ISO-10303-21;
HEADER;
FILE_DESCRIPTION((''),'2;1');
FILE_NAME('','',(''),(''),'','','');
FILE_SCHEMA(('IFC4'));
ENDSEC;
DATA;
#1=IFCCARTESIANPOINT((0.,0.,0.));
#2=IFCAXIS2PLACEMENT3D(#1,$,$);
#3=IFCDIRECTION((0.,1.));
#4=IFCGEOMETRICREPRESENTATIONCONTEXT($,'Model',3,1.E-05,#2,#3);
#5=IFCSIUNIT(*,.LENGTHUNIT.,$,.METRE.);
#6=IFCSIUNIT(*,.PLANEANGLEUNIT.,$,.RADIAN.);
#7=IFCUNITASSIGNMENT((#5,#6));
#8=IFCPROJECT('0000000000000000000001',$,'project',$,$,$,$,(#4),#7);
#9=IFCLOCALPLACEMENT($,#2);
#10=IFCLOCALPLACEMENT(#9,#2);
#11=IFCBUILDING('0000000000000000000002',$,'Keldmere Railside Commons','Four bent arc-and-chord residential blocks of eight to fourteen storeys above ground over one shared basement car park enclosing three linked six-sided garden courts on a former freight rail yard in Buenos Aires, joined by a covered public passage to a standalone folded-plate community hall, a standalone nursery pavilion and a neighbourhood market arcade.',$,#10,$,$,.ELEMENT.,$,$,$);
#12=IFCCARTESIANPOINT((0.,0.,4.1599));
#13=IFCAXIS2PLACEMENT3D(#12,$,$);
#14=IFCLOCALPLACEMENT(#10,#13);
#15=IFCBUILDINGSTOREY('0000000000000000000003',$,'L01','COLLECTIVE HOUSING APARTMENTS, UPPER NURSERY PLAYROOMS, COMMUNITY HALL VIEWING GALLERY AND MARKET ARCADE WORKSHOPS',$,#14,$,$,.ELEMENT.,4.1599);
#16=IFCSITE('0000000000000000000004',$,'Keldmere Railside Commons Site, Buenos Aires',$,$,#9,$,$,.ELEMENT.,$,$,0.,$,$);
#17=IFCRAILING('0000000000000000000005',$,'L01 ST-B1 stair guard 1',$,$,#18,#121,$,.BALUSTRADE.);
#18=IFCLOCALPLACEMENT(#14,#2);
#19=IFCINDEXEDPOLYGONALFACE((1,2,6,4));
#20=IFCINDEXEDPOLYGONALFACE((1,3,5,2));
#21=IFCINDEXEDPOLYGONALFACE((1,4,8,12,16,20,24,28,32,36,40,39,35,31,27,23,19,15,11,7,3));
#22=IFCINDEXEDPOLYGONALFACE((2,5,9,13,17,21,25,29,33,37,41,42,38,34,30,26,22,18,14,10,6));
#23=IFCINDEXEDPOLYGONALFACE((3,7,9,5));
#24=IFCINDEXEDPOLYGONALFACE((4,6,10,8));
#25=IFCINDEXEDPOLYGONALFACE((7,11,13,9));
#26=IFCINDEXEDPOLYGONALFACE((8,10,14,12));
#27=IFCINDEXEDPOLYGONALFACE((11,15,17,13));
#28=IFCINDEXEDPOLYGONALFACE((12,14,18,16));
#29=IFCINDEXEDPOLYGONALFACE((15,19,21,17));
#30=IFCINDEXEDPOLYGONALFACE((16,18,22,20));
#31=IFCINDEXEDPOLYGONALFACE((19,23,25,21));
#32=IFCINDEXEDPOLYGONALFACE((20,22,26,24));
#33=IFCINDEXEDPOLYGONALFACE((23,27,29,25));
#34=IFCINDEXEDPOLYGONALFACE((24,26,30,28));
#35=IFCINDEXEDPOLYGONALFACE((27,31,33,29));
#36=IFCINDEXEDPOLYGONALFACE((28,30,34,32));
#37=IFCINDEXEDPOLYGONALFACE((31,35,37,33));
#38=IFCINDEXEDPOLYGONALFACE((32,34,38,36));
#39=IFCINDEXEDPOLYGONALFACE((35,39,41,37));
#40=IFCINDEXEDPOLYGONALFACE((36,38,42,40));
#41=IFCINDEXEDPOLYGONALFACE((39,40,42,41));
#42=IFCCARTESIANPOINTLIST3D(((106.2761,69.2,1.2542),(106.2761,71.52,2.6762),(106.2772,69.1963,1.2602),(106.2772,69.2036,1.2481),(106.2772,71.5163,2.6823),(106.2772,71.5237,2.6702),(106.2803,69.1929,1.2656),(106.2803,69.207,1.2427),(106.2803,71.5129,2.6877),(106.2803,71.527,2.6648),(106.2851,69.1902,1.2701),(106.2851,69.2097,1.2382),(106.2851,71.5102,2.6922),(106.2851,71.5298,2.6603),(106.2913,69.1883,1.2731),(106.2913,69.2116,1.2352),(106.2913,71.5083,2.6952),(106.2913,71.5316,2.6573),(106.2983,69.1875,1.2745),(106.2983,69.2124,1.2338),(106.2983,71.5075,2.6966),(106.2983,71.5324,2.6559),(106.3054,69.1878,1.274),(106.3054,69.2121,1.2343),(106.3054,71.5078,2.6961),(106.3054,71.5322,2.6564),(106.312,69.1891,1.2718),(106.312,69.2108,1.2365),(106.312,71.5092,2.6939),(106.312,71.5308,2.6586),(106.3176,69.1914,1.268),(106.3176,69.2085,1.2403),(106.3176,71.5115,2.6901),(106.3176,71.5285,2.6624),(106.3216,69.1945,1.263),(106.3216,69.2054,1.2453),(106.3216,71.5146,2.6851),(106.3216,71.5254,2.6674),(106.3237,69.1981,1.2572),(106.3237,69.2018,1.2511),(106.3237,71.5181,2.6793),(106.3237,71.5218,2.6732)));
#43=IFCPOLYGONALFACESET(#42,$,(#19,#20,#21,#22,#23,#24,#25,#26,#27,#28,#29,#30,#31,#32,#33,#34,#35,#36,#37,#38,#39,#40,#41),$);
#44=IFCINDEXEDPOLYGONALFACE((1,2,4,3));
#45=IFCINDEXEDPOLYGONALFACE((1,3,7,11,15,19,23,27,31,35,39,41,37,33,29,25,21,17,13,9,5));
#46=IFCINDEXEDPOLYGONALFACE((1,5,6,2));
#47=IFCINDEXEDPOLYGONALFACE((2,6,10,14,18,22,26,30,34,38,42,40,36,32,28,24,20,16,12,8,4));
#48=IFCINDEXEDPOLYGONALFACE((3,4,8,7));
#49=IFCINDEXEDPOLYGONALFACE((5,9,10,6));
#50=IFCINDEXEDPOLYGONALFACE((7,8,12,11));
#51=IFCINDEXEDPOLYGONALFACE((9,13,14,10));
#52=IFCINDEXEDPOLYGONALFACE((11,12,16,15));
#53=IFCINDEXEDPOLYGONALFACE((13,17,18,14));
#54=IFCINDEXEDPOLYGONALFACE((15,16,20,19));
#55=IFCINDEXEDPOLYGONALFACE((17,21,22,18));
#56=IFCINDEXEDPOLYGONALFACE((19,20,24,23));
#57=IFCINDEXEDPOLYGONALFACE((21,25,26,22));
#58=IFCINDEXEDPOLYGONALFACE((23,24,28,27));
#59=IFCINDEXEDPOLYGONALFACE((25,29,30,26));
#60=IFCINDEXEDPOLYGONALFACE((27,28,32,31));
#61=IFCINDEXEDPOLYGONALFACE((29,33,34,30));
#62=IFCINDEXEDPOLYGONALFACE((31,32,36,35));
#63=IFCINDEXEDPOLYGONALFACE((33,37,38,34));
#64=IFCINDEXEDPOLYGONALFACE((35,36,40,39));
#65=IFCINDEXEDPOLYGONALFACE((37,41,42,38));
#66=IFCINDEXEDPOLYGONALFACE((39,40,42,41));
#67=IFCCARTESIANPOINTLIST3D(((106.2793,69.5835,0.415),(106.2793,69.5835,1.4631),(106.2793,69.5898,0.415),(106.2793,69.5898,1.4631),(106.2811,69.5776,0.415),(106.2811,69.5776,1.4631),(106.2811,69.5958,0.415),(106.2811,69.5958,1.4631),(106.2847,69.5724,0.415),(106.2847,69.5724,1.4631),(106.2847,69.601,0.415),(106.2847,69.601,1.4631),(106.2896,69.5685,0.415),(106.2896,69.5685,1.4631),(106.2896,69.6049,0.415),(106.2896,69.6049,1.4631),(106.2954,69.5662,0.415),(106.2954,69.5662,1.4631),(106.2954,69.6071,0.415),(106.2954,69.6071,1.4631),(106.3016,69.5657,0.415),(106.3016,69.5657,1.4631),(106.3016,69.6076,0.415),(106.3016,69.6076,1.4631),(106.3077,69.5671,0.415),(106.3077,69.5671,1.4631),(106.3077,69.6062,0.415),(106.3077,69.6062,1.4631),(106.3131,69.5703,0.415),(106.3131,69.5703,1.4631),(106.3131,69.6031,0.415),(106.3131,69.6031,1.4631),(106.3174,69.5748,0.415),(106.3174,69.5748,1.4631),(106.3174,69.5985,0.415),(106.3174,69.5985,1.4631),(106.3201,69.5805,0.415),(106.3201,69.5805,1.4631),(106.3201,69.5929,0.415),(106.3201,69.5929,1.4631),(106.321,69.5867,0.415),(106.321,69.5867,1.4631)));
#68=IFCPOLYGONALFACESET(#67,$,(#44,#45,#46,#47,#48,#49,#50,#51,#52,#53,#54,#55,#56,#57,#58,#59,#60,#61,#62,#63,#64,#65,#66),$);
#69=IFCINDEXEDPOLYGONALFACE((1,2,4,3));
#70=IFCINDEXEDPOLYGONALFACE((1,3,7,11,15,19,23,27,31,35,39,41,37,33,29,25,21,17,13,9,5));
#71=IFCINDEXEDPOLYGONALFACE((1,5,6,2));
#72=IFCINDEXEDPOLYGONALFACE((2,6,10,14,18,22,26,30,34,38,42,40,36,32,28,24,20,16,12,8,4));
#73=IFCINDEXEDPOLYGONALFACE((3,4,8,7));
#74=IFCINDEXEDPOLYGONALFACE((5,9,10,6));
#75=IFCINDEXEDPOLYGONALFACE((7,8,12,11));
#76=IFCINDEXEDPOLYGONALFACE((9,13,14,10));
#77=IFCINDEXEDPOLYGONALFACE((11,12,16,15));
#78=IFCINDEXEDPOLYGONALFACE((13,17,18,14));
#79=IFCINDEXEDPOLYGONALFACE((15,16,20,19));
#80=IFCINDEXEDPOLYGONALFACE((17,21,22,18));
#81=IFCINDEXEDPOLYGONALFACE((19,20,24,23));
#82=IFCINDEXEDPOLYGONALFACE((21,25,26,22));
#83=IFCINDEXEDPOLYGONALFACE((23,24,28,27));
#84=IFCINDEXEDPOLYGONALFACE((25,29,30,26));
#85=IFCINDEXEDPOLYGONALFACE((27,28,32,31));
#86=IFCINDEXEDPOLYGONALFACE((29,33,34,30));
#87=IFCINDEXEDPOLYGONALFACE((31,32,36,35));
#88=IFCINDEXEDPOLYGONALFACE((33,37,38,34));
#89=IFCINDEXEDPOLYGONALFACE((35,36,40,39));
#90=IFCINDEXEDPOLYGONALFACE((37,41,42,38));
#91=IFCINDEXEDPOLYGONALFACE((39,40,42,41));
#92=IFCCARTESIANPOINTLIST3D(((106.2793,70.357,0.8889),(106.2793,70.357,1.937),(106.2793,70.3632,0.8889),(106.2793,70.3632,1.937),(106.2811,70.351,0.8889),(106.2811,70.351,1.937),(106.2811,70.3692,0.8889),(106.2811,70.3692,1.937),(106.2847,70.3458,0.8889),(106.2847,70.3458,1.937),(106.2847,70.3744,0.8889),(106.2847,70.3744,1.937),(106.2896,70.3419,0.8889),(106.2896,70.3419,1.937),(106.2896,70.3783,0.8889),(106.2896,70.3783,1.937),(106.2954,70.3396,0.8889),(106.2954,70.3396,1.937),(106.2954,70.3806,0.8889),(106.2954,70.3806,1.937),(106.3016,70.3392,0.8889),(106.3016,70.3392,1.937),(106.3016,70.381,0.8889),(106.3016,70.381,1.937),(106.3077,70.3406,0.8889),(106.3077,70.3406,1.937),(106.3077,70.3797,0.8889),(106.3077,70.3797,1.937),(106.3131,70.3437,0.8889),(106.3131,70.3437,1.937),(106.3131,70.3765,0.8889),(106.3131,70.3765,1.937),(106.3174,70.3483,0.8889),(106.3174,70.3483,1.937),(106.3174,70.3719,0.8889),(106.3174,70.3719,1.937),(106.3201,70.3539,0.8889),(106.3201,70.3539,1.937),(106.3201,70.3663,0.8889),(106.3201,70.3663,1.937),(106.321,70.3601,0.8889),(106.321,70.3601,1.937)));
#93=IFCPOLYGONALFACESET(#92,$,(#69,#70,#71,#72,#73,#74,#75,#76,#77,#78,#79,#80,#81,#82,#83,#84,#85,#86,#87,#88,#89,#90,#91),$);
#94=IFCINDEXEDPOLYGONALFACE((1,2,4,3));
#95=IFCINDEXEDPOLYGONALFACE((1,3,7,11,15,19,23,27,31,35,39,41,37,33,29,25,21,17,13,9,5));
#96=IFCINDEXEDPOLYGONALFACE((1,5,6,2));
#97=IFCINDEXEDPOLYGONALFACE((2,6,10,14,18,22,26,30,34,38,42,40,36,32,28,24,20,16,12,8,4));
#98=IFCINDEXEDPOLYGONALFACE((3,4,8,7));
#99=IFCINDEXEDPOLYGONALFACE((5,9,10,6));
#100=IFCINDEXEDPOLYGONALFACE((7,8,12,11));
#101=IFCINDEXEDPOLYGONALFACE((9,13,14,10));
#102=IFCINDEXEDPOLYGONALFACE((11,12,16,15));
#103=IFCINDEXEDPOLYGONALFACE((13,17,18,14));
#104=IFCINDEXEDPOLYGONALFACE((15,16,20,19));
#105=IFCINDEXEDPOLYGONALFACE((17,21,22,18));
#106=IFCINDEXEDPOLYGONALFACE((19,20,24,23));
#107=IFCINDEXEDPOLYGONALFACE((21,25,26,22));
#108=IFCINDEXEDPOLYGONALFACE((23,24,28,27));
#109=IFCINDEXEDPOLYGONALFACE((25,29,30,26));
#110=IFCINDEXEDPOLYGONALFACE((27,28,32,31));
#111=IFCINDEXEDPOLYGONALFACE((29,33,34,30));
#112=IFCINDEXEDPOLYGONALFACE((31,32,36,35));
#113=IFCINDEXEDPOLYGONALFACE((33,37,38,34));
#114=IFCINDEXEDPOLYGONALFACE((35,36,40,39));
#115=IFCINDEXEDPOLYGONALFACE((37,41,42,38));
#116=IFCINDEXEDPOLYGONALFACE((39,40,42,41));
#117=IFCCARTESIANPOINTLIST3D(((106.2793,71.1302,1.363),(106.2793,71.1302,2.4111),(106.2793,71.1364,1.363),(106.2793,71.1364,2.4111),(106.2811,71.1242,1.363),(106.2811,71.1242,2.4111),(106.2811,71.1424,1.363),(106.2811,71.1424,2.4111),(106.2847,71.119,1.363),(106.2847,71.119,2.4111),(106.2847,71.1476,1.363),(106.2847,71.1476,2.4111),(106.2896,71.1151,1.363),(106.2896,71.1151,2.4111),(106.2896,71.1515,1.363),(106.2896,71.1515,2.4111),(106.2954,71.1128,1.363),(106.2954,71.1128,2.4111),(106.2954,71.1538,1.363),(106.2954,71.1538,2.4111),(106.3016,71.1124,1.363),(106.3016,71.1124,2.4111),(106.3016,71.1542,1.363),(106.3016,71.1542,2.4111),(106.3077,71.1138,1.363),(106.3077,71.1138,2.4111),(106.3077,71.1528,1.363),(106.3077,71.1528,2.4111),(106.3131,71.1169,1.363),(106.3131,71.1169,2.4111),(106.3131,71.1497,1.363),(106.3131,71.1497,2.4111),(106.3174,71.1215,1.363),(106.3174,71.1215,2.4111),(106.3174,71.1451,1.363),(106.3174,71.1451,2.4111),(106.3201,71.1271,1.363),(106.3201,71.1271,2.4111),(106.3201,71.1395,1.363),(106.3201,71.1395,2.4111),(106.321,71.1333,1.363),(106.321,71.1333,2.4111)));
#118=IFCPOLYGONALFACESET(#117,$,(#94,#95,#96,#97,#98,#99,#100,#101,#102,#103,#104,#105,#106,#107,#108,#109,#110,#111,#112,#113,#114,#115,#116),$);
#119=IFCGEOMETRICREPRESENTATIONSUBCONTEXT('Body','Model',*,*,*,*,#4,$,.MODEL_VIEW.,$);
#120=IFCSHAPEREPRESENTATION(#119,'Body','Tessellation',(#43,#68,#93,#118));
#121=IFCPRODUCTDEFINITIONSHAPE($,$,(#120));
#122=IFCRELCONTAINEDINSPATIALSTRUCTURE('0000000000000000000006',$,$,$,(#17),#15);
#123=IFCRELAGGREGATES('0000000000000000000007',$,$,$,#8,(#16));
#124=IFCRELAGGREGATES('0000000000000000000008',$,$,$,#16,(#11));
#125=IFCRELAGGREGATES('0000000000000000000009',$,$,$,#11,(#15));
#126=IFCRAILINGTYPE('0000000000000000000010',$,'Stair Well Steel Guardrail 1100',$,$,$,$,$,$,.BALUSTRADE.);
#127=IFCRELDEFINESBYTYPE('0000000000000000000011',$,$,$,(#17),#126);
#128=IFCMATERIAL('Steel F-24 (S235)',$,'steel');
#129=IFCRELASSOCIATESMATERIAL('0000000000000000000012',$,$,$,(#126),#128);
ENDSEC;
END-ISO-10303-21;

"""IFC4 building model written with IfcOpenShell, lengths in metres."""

from ifc_helpers import new_model, si_unit, direction, frame, origin, origin_2d, place, context, subcontext, project, spatial, circle, extrude, material, type_object, element, save


model = new_model("IFC4")

# Units and contexts
model_context = context("Model", 3, precision=1e-05, world=origin(), true_north=direction((0.0, 1.0)))
body_context = subcontext(model_context, "Body", "Model", "MODEL_VIEW")
ifc_project = project(units=[si_unit("LENGTHUNIT", "METRE"), si_unit("PLANEANGLEUNIT", "RADIAN")], contexts=[model_context])

# Site, building, storey
site_placement = place(None, origin())
site = spatial("IfcSite", under=ifc_project, at=site_placement, Name="Keldmere Railside Commons Site, Buenos Aires", CompositionType="ELEMENT", RefElevation=0.0)
building_placement = place(site_placement, origin())
building = spatial("IfcBuilding", under=site, at=building_placement, Name="Keldmere Railside Commons", Description="Four bent arc-and-chord residential blocks of eight to fourteen storeys above ground over one shared basement car park enclosing three linked six-sided garden courts on a former freight rail yard in Buenos Aires, joined by a covered public passage to a standalone folded-plate community hall, a standalone nursery pavilion and a neighbourhood market arcade.", CompositionType="ELEMENT")
storey_placement = place(building_placement, frame((0.0, 0.0, 4.1599)))
storey = spatial("IfcBuildingStorey", under=building, at=storey_placement, Name="L01", Description="COLLECTIVE HOUSING APARTMENTS, UPPER NURSERY PLAYROOMS, COMMUNITY HALL VIEWING GALLERY AND MARKET ARCADE WORKSHOPS", CompositionType="ELEMENT", Elevation=4.1599)

# Railing
ifc_material_1 = material(Name="Steel F-24 (S235)", Category="steel")
railing_type_1 = type_object("IfcRailingType", Name="Stair Well Steel Guardrail 1100", PredefinedType="BALUSTRADE", material=ifc_material_1)
railing_1_placement = place(storey_placement, frame((106.3, 69.2, 0.178)))
element("IfcRailing", 1, at=railing_1_placement, inside=storey, type_object=railing_type_1, Name="L01 ST-B1 stair guard 1", PredefinedType="BALUSTRADE", context=body_context, shape_type="SweptSolid", body=[
    extrude(circle(Radius=0.0239, at=origin_2d()), frame((0.0, 0.0, 1.0762), z_axis=(0.0, 0.852578, 0.5226), x_axis=(-1.0, 0.0, 0.0)), (0.0, 0.0, 1.0), 2.7212),
    extrude(circle(Radius=0.021, at=origin_2d()), frame((0.0, 0.3867, 0.2371)), (0.0, 0.0, 1.0), 1.0481),
    extrude(circle(Radius=0.021, at=origin_2d()), frame((0.0, 1.1602, 0.7109)), (0.0, 0.0, 1.0), 1.0481),
    extrude(circle(Radius=0.021, at=origin_2d()), frame((0.0, 1.9333, 1.1851)), (0.0, 0.0, 1.0), 1.0481),
])

save(model, "model.ifc")
